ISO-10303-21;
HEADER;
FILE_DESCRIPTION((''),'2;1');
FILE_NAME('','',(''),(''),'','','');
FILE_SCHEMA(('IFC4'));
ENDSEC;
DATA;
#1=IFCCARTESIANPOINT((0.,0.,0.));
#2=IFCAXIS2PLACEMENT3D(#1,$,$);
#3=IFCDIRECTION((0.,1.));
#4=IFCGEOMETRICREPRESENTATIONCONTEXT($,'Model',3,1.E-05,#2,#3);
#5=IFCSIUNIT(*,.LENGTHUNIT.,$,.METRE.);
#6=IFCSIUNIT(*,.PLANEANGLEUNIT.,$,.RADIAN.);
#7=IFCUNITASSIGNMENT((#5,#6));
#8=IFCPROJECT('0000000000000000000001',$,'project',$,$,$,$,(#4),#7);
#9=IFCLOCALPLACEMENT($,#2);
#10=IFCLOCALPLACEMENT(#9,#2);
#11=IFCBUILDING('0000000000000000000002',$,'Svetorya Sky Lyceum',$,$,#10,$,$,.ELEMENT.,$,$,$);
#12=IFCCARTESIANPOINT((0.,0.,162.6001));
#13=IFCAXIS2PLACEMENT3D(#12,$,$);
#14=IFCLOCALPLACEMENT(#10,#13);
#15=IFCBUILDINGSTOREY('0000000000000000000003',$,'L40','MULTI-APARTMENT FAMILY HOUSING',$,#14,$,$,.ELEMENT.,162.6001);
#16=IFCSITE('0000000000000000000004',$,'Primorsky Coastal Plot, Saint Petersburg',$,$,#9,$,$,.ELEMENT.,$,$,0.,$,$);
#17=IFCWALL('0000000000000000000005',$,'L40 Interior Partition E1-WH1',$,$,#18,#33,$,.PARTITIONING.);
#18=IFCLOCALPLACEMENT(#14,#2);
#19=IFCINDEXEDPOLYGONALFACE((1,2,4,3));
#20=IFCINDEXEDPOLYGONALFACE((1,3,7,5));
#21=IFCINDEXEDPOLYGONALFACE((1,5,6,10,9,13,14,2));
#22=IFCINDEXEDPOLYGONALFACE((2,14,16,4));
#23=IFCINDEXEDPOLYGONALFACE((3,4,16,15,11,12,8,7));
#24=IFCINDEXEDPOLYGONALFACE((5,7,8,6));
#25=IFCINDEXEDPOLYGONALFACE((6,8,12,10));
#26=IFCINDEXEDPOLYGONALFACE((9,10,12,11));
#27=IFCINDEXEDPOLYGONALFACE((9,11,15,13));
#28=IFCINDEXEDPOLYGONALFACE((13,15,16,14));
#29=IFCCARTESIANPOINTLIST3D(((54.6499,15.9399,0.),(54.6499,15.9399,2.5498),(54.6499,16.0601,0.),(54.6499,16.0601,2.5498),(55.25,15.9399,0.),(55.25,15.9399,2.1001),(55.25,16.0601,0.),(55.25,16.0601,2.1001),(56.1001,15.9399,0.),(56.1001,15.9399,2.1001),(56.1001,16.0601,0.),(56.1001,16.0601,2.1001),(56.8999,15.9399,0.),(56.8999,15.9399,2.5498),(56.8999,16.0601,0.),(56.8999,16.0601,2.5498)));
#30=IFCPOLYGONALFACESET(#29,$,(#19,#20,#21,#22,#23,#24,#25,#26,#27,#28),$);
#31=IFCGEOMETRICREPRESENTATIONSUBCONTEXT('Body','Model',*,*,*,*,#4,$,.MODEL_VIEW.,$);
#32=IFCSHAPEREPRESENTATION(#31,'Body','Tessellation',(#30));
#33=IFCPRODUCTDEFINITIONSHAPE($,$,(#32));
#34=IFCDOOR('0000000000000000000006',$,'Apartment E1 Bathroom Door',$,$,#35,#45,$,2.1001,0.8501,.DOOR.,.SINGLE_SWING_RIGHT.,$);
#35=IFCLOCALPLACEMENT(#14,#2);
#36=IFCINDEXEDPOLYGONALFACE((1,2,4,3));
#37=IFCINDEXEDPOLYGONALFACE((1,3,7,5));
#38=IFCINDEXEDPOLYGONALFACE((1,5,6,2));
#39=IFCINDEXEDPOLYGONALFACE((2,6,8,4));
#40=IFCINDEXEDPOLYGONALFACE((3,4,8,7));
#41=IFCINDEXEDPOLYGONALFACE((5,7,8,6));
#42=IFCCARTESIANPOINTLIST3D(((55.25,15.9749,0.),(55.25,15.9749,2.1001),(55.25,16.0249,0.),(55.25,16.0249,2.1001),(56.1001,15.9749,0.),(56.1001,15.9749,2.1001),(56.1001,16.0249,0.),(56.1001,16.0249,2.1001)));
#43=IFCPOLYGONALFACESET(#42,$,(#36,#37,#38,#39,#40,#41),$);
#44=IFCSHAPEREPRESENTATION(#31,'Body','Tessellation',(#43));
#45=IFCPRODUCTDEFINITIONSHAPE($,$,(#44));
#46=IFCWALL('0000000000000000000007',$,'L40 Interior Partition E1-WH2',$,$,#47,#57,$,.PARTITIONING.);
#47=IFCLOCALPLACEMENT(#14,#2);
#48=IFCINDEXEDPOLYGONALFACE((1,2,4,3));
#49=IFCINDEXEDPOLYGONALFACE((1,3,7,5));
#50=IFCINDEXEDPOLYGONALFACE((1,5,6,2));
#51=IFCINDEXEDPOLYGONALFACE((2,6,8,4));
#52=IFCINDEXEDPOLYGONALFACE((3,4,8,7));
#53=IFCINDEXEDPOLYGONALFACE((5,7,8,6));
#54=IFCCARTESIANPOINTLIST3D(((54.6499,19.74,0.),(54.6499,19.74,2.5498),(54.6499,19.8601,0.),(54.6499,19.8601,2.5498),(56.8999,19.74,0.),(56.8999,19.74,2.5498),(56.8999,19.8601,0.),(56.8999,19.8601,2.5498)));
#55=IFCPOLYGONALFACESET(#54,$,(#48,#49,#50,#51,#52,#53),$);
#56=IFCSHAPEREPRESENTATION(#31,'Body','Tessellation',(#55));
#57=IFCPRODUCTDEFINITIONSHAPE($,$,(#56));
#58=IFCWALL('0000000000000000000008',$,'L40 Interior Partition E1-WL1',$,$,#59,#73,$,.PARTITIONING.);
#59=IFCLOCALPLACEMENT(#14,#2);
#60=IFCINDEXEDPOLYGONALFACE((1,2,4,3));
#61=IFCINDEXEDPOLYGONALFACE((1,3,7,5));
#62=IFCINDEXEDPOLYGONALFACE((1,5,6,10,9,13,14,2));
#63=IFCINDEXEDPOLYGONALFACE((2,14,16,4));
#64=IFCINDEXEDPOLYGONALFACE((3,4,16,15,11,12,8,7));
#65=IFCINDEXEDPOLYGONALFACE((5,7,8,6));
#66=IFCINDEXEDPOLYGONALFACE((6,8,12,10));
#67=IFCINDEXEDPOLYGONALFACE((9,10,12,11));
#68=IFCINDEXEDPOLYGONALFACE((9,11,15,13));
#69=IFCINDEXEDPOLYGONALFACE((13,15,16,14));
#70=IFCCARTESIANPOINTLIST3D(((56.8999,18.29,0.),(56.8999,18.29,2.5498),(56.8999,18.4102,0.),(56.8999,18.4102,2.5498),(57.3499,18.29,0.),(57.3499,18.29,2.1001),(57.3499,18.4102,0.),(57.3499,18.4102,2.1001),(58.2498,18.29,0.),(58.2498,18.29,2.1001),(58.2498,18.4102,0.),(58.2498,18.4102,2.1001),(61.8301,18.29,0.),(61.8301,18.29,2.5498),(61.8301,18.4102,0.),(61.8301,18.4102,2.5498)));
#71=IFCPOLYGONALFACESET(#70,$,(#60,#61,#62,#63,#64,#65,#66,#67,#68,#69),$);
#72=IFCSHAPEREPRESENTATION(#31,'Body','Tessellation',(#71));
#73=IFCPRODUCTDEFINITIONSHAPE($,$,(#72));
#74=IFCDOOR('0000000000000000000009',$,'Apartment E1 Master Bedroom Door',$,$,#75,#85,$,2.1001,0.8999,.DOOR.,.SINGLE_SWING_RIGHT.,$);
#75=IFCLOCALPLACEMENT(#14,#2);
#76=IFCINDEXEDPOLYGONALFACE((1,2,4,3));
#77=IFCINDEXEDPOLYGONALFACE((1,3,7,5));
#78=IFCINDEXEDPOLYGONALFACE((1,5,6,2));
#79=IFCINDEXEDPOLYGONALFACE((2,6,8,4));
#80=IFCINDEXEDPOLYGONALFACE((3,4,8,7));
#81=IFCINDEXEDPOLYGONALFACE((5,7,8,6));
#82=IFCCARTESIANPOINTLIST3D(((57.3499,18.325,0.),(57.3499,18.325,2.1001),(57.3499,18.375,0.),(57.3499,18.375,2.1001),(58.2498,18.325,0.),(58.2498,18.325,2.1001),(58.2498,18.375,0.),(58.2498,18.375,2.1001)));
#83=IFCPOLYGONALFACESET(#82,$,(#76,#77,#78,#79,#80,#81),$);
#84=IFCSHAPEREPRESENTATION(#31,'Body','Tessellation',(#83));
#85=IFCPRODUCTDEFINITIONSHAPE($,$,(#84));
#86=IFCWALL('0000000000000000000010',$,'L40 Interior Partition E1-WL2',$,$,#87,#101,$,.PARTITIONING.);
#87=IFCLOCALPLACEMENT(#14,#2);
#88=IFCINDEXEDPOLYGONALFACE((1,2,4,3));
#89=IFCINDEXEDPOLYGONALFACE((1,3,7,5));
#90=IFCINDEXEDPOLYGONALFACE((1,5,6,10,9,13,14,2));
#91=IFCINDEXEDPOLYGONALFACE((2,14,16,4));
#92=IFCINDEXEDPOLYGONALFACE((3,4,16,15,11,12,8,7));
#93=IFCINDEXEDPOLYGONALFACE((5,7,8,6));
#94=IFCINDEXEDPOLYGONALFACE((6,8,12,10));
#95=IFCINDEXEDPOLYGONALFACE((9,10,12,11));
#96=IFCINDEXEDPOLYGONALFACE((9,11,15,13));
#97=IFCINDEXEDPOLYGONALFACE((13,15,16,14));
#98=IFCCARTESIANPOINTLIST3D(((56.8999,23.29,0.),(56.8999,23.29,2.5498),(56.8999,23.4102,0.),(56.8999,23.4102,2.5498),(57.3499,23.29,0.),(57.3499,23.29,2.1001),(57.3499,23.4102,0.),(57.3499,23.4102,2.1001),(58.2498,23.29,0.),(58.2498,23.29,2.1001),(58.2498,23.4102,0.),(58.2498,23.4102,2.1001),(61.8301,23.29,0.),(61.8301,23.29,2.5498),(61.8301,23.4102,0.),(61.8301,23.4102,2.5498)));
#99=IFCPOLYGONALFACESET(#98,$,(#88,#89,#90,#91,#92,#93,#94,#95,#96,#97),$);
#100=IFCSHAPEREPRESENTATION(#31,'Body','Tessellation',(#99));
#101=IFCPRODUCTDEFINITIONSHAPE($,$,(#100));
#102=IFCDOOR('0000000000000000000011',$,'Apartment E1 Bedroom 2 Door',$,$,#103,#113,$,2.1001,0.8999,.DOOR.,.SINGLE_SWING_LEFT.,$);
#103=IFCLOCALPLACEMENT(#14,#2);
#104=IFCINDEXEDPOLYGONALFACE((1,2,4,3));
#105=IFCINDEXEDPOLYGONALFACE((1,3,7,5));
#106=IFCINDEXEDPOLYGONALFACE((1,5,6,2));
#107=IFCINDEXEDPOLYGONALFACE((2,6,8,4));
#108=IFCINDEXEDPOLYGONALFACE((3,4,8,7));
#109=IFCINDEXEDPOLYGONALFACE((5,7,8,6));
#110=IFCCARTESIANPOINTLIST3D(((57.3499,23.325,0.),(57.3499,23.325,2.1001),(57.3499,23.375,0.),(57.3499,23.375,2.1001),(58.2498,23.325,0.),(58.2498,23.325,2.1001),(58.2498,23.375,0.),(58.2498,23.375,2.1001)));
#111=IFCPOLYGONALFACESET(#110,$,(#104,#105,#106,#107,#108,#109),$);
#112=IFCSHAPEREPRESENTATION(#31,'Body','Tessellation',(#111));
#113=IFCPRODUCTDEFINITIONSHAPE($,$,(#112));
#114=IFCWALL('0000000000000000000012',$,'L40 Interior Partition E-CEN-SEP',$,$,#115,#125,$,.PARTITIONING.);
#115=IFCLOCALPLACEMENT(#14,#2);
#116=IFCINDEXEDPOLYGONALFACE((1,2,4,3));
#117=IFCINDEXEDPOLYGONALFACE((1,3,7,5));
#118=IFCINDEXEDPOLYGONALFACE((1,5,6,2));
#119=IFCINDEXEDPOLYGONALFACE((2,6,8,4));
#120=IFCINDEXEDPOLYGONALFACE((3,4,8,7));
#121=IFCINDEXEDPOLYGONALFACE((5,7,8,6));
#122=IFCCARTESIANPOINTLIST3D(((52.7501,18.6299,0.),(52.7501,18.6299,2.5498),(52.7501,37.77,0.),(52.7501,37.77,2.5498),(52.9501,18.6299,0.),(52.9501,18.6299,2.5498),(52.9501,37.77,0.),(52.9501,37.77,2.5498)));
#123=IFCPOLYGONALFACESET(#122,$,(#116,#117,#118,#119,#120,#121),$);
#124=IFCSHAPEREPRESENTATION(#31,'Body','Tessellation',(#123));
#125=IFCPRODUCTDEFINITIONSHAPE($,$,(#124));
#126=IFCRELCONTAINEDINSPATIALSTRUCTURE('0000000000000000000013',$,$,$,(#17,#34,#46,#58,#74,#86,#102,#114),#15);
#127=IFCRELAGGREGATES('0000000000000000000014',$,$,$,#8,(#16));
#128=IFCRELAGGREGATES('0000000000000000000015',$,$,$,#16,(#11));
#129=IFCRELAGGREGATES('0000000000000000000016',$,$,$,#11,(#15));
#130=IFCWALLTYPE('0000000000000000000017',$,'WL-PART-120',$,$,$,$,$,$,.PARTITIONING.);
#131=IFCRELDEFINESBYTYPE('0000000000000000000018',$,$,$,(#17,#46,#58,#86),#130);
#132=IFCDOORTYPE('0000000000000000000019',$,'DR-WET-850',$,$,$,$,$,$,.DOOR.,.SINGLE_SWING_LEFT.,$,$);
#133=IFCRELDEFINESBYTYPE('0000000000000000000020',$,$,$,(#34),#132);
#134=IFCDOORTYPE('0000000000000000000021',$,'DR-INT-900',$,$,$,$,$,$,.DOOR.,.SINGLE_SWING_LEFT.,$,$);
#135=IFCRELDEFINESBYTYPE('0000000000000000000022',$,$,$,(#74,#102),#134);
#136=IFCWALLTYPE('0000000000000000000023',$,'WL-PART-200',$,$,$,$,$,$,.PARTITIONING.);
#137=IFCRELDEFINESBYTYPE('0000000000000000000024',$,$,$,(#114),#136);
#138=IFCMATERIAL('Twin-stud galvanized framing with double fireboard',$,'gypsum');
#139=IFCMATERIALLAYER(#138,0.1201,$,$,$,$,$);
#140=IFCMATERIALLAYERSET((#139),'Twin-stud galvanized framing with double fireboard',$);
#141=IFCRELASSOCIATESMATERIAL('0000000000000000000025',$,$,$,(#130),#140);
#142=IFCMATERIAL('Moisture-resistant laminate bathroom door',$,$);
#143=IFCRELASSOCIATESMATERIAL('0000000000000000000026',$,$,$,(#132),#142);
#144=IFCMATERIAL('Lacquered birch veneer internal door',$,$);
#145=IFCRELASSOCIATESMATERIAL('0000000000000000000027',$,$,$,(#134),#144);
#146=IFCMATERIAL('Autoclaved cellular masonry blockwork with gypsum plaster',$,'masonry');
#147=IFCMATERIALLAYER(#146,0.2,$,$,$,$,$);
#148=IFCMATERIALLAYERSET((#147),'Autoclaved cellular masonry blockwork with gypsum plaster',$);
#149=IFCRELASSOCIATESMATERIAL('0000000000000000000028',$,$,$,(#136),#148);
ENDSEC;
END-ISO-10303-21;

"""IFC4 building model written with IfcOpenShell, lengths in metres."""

from ifc_helpers import new_model, si_unit, direction, frame, frame_2d, origin, place, context, subcontext, project, spatial, rectangle, extrude, material, layer, layer_set, type_object, element, fill, save


model = new_model("IFC4")

# Units and contexts
model_context = context("Model", 3, precision=1e-05, world=origin(), true_north=direction((0.0, 1.0)))
body_context = subcontext(model_context, "Body", "Model", "MODEL_VIEW")
ifc_project = project(units=[si_unit("LENGTHUNIT", "METRE"), si_unit("PLANEANGLEUNIT", "RADIAN")], contexts=[model_context])

# Site, building, storey
site_placement = place(None, origin())
site = spatial("IfcSite", under=ifc_project, at=site_placement, Name="Primorsky Coastal Plot, Saint Petersburg", CompositionType="ELEMENT", RefElevation=0.0)
building_placement = place(site_placement, origin())
building = spatial("IfcBuilding", under=site, at=building_placement, Name="Svetorya Sky Lyceum", CompositionType="ELEMENT")
storey_placement = place(building_placement, frame((0.0, 0.0, 162.6001)))
storey = spatial("IfcBuildingStorey", under=building, at=storey_placement, Name="L40", Description="MULTI-APARTMENT FAMILY HOUSING", CompositionType="ELEMENT", Elevation=162.6001)

# Wall, opening, door
ifc_material_1 = material(Name="Twin-stud galvanized framing with double fireboard", Category="gypsum")
ifc_layer_1 = layer(ifc_material_1, 0.1201)
ifc_layer_set_1 = layer_set([ifc_layer_1], Name="Twin-stud galvanized framing with double fireboard")
wall_type_1 = type_object("IfcWallType", Name="WL-PART-120", PredefinedType="PARTITIONING", material=ifc_layer_set_1)
wall_1_placement = place(storey_placement, frame((54.6499, 16.0, 0.0), z_axis=(0.0, 0.0, 1.0), x_axis=(1.0, 0.0, 0.0)))
wall_1 = element("IfcWall", 1, at=wall_1_placement, inside=storey, type_object=wall_type_1, Name="L40 Interior Partition E1-WH1", PredefinedType="PARTITIONING", context=body_context, shape_type="SweptSolid", body=[
    extrude(rectangle(XDim=2.25, YDim=0.1201, at=frame_2d((1.125, 0.0))), origin(), (0.0, 0.0, 1.0), 2.5498),
])
opening_1_placement = place(wall_1_placement, frame((0.6001, 0.0, 0.0)))
opening_1 = element("IfcOpeningElement", 2, at=opening_1_placement, cuts=wall_1, PredefinedType="OPENING", context=body_context, shape_type="SweptSolid", body=[
    extrude(rectangle(XDim=0.8501, YDim=2.1001, at=frame_2d((0.425, 1.05))), frame((0.0, 0.0701, 0.0), z_axis=(0.0, -1.0, 0.0), x_axis=(1.0, 0.0, 0.0)), (0.0, 0.0, 1.0), 0.1401),
])
ifc_material_2 = material(Name="Moisture-resistant laminate bathroom door")
door_type_1 = type_object("IfcDoorType", Name="DR-WET-850", OperationType="SINGLE_SWING_LEFT", PredefinedType="DOOR", material=ifc_material_2)
door_1_placement = place(opening_1_placement, origin())
door_1 = element("IfcDoor", 3, at=door_1_placement, inside=storey, type_object=door_type_1, Name="Apartment E1 Bathroom Door", OperationType="SINGLE_SWING_RIGHT", OverallHeight=2.1001, OverallWidth=0.8501, PredefinedType="DOOR", context=body_context, shape_type="SweptSolid", body=[
    extrude(rectangle(XDim=0.8501, YDim=2.1001, at=frame_2d((0.425, 1.05))), frame((0.0, 0.0249, 0.0), z_axis=(0.0, -1.0, 0.0), x_axis=(1.0, 0.0, 0.0)), (0.0, 0.0, 1.0), 0.05),
])
fill(opening_1, door_1)

# Wall
wall_2_placement = place(storey_placement, frame((54.6499, 19.8, 0.0), z_axis=(0.0, 0.0, 1.0), x_axis=(1.0, 0.0, 0.0)))
element("IfcWall", 4, at=wall_2_placement, inside=storey, type_object=wall_type_1, Name="L40 Interior Partition E1-WH2", PredefinedType="PARTITIONING", context=body_context, shape_type="SweptSolid", body=[
    extrude(rectangle(XDim=2.25, YDim=0.1201, at=frame_2d((1.125, 0.0))), origin(), (0.0, 0.0, 1.0), 2.5498),
])

# Walls, openings, doors
wall_3_placement = place(storey_placement, frame((56.8999, 18.3501, 0.0), z_axis=(0.0, 0.0, 1.0), x_axis=(1.0, 0.0, 0.0)))
wall_3 = element("IfcWall", 5, at=wall_3_placement, inside=storey, type_object=wall_type_1, Name="L40 Interior Partition E1-WL1", PredefinedType="PARTITIONING", context=body_context, shape_type="SweptSolid", body=[
    extrude(rectangle(XDim=4.9302, YDim=0.1201, at=frame_2d((2.4651, 0.0))), origin(), (0.0, 0.0, 1.0), 2.5498),
])
opening_2_placement = place(wall_3_placement, frame((0.45, 0.0, 0.0)))
opening_2 = element("IfcOpeningElement", 6, at=opening_2_placement, cuts=wall_3, PredefinedType="OPENING", context=body_context, shape_type="SweptSolid", body=[
    extrude(rectangle(XDim=0.8999, YDim=2.1001, at=frame_2d((0.45, 1.05))), frame((0.0, 0.0701, 0.0), z_axis=(0.0, -1.0, 0.0), x_axis=(1.0, 0.0, 0.0)), (0.0, 0.0, 1.0), 0.1401),
])
ifc_material_3 = material(Name="Lacquered birch veneer internal door")
door_type_2 = type_object("IfcDoorType", Name="DR-INT-900", OperationType="SINGLE_SWING_LEFT", PredefinedType="DOOR", material=ifc_material_3)
door_2_placement = place(opening_2_placement, origin())
door_2 = element("IfcDoor", 7, at=door_2_placement, inside=storey, type_object=door_type_2, Name="Apartment E1 Master Bedroom Door", OperationType="SINGLE_SWING_RIGHT", OverallHeight=2.1001, OverallWidth=0.8999, PredefinedType="DOOR", context=body_context, shape_type="SweptSolid", body=[
    extrude(rectangle(XDim=0.8999, YDim=2.1001, at=frame_2d((0.45, 1.05))), frame((0.0, 0.0249, 0.0), z_axis=(0.0, -1.0, 0.0), x_axis=(1.0, 0.0, 0.0)), (0.0, 0.0, 1.0), 0.05),
])
fill(opening_2, door_2)
wall_4_placement = place(storey_placement, frame((56.8999, 23.3501, 0.0), z_axis=(0.0, 0.0, 1.0), x_axis=(1.0, 0.0, 0.0)))
wall_4 = element("IfcWall", 8, at=wall_4_placement, inside=storey, type_object=wall_type_1, Name="L40 Interior Partition E1-WL2", PredefinedType="PARTITIONING", context=body_context, shape_type="SweptSolid", body=[
    extrude(rectangle(XDim=4.9302, YDim=0.1201, at=frame_2d((2.4651, 0.0))), origin(), (0.0, 0.0, 1.0), 2.5498),
])
opening_3_placement = place(wall_4_placement, frame((0.45, 0.0, 0.0)))
opening_3 = element("IfcOpeningElement", 9, at=opening_3_placement, cuts=wall_4, PredefinedType="OPENING", context=body_context, shape_type="SweptSolid", body=[
    extrude(rectangle(XDim=0.8999, YDim=2.1001, at=frame_2d((0.45, 1.05))), frame((0.0, 0.0701, 0.0), z_axis=(0.0, -1.0, 0.0), x_axis=(1.0, 0.0, 0.0)), (0.0, 0.0, 1.0), 0.1401),
])
door_3_placement = place(opening_3_placement, origin())
door_3 = element("IfcDoor", 10, at=door_3_placement, inside=storey, type_object=door_type_2, Name="Apartment E1 Bedroom 2 Door", OperationType="SINGLE_SWING_LEFT", OverallHeight=2.1001, OverallWidth=0.8999, PredefinedType="DOOR", context=body_context, shape_type="SweptSolid", body=[
    extrude(rectangle(XDim=0.8999, YDim=2.1001, at=frame_2d((0.45, 1.05))), frame((0.0, 0.0249, 0.0), z_axis=(0.0, -1.0, 0.0), x_axis=(1.0, 0.0, 0.0)), (0.0, 0.0, 1.0), 0.05),
])
fill(opening_3, door_3)

# Wall
ifc_material_4 = material(Name="Autoclaved cellular masonry blockwork with gypsum plaster", Category="masonry")
ifc_layer_2 = layer(ifc_material_4, 0.2)
ifc_layer_set_2 = layer_set([ifc_layer_2], Name="Autoclaved cellular masonry blockwork with gypsum plaster")
wall_type_2 = type_object("IfcWallType", Name="WL-PART-200", PredefinedType="PARTITIONING", material=ifc_layer_set_2)
wall_5_placement = place(storey_placement, frame((52.8501, 18.6299, 0.0), z_axis=(0.0, 0.0, 1.0), x_axis=(0.0, 1.0, 0.0)))
element("IfcWall", 11, at=wall_5_placement, inside=storey, type_object=wall_type_2, Name="L40 Interior Partition E-CEN-SEP", PredefinedType="PARTITIONING", context=body_context, shape_type="SweptSolid", body=[
    extrude(rectangle(XDim=19.1401, YDim=0.2, at=frame_2d((9.5701, 0.0))), origin(), (0.0, 0.0, 1.0), 2.5498),
])

save(model, "model.ifc")
